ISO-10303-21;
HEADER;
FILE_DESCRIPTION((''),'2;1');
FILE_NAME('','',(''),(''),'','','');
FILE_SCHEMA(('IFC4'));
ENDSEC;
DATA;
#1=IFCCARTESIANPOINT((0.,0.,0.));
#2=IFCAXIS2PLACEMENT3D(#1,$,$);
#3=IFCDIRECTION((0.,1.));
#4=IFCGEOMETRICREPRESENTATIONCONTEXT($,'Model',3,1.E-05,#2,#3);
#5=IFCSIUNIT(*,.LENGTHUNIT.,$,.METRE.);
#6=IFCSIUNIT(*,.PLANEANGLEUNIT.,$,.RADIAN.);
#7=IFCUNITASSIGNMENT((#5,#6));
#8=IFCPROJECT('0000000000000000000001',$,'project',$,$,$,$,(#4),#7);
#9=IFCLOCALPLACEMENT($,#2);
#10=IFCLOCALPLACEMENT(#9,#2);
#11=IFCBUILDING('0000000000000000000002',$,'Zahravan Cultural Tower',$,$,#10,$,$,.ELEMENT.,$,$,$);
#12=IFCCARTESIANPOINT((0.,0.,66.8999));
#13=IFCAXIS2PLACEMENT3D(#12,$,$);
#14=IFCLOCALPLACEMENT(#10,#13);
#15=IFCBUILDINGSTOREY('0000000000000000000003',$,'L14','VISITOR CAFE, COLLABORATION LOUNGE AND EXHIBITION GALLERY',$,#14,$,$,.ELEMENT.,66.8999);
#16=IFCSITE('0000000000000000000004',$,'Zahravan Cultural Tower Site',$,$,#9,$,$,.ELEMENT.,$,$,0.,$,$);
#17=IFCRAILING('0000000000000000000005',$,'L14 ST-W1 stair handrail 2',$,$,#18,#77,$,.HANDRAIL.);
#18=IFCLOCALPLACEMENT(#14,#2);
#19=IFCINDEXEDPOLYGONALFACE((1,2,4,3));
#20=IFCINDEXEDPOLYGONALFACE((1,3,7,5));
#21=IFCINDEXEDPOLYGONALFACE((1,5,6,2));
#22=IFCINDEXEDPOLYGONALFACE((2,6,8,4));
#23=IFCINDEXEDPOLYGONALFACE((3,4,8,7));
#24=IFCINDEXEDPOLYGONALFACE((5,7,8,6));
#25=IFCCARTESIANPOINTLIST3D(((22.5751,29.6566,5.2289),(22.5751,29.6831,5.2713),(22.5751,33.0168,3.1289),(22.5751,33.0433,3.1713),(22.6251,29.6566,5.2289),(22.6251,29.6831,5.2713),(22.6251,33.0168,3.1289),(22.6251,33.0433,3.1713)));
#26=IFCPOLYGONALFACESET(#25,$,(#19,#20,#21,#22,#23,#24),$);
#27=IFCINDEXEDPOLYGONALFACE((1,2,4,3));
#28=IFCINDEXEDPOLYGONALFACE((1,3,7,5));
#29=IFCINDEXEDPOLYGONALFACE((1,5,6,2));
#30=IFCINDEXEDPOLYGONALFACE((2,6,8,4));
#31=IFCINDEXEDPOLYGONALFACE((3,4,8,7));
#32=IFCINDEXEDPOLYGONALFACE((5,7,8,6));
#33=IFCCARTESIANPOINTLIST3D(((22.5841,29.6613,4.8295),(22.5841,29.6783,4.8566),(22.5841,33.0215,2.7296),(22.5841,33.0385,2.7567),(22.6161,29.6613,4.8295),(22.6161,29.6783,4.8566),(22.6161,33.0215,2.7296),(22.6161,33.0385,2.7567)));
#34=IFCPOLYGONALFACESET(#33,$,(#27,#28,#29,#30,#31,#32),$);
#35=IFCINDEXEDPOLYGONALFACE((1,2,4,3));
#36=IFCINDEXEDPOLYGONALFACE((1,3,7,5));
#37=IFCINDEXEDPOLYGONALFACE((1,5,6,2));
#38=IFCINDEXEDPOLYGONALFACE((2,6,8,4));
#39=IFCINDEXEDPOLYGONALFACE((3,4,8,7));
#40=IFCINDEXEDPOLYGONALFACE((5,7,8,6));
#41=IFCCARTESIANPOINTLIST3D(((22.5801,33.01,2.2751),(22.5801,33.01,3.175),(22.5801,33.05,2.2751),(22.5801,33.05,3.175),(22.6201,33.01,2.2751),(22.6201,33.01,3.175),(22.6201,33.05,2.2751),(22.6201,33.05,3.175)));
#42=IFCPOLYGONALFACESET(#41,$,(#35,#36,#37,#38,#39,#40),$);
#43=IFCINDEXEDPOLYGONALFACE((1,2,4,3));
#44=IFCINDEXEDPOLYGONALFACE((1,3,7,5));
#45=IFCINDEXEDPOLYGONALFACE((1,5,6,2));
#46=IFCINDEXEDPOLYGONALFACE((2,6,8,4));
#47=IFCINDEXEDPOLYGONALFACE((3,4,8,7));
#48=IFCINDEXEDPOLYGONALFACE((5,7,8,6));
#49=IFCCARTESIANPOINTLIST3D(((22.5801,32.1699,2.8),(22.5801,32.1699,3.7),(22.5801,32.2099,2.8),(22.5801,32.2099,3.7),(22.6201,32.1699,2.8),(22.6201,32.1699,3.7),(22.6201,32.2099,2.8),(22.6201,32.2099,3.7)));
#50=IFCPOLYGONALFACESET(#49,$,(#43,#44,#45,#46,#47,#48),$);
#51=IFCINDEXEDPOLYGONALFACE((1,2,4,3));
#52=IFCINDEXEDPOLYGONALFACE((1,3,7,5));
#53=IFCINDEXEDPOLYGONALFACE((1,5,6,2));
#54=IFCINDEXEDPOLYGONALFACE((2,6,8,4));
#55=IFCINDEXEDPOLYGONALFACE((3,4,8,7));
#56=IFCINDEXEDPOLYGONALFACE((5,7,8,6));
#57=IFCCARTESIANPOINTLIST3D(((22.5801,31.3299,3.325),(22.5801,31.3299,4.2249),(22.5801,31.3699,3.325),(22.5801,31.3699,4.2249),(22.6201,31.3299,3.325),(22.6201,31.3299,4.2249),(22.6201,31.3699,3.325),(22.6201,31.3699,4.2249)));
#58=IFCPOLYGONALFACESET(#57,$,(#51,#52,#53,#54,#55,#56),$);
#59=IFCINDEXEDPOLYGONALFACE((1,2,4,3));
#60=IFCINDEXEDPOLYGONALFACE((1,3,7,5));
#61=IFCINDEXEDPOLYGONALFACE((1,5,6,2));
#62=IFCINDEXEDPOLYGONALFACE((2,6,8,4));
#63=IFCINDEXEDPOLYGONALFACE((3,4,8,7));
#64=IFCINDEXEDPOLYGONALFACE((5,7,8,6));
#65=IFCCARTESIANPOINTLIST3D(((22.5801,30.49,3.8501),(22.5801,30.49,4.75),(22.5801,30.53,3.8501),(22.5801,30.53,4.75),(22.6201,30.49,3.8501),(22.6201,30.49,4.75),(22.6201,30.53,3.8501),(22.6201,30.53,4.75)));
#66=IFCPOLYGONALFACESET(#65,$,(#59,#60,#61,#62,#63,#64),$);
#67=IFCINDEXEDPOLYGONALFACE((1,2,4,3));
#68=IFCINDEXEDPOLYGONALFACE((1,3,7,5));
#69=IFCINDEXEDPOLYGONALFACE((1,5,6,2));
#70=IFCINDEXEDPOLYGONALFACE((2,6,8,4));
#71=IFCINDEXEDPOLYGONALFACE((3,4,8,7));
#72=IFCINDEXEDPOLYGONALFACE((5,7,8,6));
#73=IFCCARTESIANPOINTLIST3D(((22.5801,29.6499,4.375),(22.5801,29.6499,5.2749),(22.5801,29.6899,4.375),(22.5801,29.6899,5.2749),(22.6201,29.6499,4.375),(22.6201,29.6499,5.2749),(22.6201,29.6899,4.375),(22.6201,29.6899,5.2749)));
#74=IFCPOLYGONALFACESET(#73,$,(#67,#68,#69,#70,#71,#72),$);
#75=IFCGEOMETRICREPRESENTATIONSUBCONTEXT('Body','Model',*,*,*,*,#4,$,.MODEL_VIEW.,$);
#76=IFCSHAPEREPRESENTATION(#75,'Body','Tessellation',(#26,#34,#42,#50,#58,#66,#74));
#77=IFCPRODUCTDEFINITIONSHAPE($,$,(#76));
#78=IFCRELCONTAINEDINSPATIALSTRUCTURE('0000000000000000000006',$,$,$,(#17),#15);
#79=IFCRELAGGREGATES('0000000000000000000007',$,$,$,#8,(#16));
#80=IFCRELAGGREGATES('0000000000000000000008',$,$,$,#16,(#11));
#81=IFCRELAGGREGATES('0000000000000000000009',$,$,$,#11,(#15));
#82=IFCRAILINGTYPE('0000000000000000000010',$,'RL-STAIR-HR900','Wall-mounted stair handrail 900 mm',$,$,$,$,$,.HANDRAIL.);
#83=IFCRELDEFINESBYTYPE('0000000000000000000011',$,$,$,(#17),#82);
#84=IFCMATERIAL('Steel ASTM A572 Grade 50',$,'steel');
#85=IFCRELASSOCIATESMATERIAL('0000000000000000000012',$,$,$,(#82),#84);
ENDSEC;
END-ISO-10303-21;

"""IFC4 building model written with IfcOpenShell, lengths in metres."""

from ifc_helpers import new_model, si_unit, direction, frame, origin, origin_2d, place, context, subcontext, project, spatial, rectangle, extrude, material, type_object, element, save


model = new_model("IFC4")

# Units and contexts
model_context = context("Model", 3, precision=1e-05, world=origin(), true_north=direction((0.0, 1.0)))
body_context = subcontext(model_context, "Body", "Model", "MODEL_VIEW")
ifc_project = project(units=[si_unit("LENGTHUNIT", "METRE"), si_unit("PLANEANGLEUNIT", "RADIAN")], contexts=[model_context])

# Site, building, storey
site_placement = place(None, origin())
site = spatial("IfcSite", under=ifc_project, at=site_placement, Name="Zahravan Cultural Tower Site", CompositionType="ELEMENT", RefElevation=0.0)
building_placement = place(site_placement, origin())
building = spatial("IfcBuilding", under=site, at=building_placement, Name="Zahravan Cultural Tower", CompositionType="ELEMENT")
storey_placement = place(building_placement, frame((0.0, 0.0, 66.8999)))
storey = spatial("IfcBuildingStorey", under=building, at=storey_placement, Name="L14", Description="VISITOR CAFE, COLLABORATION LOUNGE AND EXHIBITION GALLERY", CompositionType="ELEMENT", Elevation=66.8999)

# Shared definitions
ifc_material_1 = material(Name="Steel ASTM A572 Grade 50", Category="steel")

# Railing
railing_type_1 = type_object("IfcRailingType", Name="RL-STAIR-HR900", Description="Wall-mounted stair handrail 900 mm", PredefinedType="HANDRAIL", material=ifc_material_1)
railing_1_placement = place(storey_placement, frame((22.6001, 33.03, 2.2751)))
element("IfcRailing", 1, at=railing_1_placement, inside=storey, type_object=railing_type_1, Name="L14 ST-W1 stair handrail 2", PredefinedType="HANDRAIL", context=body_context, shape_type="SweptSolid", body=[
    extrude(rectangle(XDim=0.05, YDim=0.05, at=origin_2d()), frame((0.0, 0.0, 0.875), z_axis=(0.0, -0.848023, 0.52996), x_axis=(1.0, 0.0, 0.0)), (0.0, 0.0, 1.0), 3.9624),
    extrude(rectangle(XDim=0.032, YDim=0.032, at=origin_2d()), frame((0.0, 0.0, 0.468), z_axis=(0.0, -0.848023, 0.52996), x_axis=(1.0, 0.0, 0.0)), (0.0, 0.0, 1.0), 3.9624),
    extrude(rectangle(XDim=0.04, YDim=0.04, at=origin_2d()), origin(), (0.0, 0.0, 1.0), 0.8999),
    extrude(rectangle(XDim=0.04, YDim=0.04, at=origin_2d()), frame((0.0, -0.8401, 0.5249)), (0.0, 0.0, 1.0), 0.8999),
    extrude(rectangle(XDim=0.04, YDim=0.04, at=origin_2d()), frame((0.0, -1.6802, 1.0498)), (0.0, 0.0, 1.0), 0.8999),
    extrude(rectangle(XDim=0.04, YDim=0.04, at=origin_2d()), frame((0.0, -2.52, 1.575)), (0.0, 0.0, 1.0), 0.8999),
    extrude(rectangle(XDim=0.04, YDim=0.04, at=origin_2d()), frame((0.0, -3.3601, 2.0999)), (0.0, 0.0, 1.0), 0.8999),
])

save(model, "model.ifc")
